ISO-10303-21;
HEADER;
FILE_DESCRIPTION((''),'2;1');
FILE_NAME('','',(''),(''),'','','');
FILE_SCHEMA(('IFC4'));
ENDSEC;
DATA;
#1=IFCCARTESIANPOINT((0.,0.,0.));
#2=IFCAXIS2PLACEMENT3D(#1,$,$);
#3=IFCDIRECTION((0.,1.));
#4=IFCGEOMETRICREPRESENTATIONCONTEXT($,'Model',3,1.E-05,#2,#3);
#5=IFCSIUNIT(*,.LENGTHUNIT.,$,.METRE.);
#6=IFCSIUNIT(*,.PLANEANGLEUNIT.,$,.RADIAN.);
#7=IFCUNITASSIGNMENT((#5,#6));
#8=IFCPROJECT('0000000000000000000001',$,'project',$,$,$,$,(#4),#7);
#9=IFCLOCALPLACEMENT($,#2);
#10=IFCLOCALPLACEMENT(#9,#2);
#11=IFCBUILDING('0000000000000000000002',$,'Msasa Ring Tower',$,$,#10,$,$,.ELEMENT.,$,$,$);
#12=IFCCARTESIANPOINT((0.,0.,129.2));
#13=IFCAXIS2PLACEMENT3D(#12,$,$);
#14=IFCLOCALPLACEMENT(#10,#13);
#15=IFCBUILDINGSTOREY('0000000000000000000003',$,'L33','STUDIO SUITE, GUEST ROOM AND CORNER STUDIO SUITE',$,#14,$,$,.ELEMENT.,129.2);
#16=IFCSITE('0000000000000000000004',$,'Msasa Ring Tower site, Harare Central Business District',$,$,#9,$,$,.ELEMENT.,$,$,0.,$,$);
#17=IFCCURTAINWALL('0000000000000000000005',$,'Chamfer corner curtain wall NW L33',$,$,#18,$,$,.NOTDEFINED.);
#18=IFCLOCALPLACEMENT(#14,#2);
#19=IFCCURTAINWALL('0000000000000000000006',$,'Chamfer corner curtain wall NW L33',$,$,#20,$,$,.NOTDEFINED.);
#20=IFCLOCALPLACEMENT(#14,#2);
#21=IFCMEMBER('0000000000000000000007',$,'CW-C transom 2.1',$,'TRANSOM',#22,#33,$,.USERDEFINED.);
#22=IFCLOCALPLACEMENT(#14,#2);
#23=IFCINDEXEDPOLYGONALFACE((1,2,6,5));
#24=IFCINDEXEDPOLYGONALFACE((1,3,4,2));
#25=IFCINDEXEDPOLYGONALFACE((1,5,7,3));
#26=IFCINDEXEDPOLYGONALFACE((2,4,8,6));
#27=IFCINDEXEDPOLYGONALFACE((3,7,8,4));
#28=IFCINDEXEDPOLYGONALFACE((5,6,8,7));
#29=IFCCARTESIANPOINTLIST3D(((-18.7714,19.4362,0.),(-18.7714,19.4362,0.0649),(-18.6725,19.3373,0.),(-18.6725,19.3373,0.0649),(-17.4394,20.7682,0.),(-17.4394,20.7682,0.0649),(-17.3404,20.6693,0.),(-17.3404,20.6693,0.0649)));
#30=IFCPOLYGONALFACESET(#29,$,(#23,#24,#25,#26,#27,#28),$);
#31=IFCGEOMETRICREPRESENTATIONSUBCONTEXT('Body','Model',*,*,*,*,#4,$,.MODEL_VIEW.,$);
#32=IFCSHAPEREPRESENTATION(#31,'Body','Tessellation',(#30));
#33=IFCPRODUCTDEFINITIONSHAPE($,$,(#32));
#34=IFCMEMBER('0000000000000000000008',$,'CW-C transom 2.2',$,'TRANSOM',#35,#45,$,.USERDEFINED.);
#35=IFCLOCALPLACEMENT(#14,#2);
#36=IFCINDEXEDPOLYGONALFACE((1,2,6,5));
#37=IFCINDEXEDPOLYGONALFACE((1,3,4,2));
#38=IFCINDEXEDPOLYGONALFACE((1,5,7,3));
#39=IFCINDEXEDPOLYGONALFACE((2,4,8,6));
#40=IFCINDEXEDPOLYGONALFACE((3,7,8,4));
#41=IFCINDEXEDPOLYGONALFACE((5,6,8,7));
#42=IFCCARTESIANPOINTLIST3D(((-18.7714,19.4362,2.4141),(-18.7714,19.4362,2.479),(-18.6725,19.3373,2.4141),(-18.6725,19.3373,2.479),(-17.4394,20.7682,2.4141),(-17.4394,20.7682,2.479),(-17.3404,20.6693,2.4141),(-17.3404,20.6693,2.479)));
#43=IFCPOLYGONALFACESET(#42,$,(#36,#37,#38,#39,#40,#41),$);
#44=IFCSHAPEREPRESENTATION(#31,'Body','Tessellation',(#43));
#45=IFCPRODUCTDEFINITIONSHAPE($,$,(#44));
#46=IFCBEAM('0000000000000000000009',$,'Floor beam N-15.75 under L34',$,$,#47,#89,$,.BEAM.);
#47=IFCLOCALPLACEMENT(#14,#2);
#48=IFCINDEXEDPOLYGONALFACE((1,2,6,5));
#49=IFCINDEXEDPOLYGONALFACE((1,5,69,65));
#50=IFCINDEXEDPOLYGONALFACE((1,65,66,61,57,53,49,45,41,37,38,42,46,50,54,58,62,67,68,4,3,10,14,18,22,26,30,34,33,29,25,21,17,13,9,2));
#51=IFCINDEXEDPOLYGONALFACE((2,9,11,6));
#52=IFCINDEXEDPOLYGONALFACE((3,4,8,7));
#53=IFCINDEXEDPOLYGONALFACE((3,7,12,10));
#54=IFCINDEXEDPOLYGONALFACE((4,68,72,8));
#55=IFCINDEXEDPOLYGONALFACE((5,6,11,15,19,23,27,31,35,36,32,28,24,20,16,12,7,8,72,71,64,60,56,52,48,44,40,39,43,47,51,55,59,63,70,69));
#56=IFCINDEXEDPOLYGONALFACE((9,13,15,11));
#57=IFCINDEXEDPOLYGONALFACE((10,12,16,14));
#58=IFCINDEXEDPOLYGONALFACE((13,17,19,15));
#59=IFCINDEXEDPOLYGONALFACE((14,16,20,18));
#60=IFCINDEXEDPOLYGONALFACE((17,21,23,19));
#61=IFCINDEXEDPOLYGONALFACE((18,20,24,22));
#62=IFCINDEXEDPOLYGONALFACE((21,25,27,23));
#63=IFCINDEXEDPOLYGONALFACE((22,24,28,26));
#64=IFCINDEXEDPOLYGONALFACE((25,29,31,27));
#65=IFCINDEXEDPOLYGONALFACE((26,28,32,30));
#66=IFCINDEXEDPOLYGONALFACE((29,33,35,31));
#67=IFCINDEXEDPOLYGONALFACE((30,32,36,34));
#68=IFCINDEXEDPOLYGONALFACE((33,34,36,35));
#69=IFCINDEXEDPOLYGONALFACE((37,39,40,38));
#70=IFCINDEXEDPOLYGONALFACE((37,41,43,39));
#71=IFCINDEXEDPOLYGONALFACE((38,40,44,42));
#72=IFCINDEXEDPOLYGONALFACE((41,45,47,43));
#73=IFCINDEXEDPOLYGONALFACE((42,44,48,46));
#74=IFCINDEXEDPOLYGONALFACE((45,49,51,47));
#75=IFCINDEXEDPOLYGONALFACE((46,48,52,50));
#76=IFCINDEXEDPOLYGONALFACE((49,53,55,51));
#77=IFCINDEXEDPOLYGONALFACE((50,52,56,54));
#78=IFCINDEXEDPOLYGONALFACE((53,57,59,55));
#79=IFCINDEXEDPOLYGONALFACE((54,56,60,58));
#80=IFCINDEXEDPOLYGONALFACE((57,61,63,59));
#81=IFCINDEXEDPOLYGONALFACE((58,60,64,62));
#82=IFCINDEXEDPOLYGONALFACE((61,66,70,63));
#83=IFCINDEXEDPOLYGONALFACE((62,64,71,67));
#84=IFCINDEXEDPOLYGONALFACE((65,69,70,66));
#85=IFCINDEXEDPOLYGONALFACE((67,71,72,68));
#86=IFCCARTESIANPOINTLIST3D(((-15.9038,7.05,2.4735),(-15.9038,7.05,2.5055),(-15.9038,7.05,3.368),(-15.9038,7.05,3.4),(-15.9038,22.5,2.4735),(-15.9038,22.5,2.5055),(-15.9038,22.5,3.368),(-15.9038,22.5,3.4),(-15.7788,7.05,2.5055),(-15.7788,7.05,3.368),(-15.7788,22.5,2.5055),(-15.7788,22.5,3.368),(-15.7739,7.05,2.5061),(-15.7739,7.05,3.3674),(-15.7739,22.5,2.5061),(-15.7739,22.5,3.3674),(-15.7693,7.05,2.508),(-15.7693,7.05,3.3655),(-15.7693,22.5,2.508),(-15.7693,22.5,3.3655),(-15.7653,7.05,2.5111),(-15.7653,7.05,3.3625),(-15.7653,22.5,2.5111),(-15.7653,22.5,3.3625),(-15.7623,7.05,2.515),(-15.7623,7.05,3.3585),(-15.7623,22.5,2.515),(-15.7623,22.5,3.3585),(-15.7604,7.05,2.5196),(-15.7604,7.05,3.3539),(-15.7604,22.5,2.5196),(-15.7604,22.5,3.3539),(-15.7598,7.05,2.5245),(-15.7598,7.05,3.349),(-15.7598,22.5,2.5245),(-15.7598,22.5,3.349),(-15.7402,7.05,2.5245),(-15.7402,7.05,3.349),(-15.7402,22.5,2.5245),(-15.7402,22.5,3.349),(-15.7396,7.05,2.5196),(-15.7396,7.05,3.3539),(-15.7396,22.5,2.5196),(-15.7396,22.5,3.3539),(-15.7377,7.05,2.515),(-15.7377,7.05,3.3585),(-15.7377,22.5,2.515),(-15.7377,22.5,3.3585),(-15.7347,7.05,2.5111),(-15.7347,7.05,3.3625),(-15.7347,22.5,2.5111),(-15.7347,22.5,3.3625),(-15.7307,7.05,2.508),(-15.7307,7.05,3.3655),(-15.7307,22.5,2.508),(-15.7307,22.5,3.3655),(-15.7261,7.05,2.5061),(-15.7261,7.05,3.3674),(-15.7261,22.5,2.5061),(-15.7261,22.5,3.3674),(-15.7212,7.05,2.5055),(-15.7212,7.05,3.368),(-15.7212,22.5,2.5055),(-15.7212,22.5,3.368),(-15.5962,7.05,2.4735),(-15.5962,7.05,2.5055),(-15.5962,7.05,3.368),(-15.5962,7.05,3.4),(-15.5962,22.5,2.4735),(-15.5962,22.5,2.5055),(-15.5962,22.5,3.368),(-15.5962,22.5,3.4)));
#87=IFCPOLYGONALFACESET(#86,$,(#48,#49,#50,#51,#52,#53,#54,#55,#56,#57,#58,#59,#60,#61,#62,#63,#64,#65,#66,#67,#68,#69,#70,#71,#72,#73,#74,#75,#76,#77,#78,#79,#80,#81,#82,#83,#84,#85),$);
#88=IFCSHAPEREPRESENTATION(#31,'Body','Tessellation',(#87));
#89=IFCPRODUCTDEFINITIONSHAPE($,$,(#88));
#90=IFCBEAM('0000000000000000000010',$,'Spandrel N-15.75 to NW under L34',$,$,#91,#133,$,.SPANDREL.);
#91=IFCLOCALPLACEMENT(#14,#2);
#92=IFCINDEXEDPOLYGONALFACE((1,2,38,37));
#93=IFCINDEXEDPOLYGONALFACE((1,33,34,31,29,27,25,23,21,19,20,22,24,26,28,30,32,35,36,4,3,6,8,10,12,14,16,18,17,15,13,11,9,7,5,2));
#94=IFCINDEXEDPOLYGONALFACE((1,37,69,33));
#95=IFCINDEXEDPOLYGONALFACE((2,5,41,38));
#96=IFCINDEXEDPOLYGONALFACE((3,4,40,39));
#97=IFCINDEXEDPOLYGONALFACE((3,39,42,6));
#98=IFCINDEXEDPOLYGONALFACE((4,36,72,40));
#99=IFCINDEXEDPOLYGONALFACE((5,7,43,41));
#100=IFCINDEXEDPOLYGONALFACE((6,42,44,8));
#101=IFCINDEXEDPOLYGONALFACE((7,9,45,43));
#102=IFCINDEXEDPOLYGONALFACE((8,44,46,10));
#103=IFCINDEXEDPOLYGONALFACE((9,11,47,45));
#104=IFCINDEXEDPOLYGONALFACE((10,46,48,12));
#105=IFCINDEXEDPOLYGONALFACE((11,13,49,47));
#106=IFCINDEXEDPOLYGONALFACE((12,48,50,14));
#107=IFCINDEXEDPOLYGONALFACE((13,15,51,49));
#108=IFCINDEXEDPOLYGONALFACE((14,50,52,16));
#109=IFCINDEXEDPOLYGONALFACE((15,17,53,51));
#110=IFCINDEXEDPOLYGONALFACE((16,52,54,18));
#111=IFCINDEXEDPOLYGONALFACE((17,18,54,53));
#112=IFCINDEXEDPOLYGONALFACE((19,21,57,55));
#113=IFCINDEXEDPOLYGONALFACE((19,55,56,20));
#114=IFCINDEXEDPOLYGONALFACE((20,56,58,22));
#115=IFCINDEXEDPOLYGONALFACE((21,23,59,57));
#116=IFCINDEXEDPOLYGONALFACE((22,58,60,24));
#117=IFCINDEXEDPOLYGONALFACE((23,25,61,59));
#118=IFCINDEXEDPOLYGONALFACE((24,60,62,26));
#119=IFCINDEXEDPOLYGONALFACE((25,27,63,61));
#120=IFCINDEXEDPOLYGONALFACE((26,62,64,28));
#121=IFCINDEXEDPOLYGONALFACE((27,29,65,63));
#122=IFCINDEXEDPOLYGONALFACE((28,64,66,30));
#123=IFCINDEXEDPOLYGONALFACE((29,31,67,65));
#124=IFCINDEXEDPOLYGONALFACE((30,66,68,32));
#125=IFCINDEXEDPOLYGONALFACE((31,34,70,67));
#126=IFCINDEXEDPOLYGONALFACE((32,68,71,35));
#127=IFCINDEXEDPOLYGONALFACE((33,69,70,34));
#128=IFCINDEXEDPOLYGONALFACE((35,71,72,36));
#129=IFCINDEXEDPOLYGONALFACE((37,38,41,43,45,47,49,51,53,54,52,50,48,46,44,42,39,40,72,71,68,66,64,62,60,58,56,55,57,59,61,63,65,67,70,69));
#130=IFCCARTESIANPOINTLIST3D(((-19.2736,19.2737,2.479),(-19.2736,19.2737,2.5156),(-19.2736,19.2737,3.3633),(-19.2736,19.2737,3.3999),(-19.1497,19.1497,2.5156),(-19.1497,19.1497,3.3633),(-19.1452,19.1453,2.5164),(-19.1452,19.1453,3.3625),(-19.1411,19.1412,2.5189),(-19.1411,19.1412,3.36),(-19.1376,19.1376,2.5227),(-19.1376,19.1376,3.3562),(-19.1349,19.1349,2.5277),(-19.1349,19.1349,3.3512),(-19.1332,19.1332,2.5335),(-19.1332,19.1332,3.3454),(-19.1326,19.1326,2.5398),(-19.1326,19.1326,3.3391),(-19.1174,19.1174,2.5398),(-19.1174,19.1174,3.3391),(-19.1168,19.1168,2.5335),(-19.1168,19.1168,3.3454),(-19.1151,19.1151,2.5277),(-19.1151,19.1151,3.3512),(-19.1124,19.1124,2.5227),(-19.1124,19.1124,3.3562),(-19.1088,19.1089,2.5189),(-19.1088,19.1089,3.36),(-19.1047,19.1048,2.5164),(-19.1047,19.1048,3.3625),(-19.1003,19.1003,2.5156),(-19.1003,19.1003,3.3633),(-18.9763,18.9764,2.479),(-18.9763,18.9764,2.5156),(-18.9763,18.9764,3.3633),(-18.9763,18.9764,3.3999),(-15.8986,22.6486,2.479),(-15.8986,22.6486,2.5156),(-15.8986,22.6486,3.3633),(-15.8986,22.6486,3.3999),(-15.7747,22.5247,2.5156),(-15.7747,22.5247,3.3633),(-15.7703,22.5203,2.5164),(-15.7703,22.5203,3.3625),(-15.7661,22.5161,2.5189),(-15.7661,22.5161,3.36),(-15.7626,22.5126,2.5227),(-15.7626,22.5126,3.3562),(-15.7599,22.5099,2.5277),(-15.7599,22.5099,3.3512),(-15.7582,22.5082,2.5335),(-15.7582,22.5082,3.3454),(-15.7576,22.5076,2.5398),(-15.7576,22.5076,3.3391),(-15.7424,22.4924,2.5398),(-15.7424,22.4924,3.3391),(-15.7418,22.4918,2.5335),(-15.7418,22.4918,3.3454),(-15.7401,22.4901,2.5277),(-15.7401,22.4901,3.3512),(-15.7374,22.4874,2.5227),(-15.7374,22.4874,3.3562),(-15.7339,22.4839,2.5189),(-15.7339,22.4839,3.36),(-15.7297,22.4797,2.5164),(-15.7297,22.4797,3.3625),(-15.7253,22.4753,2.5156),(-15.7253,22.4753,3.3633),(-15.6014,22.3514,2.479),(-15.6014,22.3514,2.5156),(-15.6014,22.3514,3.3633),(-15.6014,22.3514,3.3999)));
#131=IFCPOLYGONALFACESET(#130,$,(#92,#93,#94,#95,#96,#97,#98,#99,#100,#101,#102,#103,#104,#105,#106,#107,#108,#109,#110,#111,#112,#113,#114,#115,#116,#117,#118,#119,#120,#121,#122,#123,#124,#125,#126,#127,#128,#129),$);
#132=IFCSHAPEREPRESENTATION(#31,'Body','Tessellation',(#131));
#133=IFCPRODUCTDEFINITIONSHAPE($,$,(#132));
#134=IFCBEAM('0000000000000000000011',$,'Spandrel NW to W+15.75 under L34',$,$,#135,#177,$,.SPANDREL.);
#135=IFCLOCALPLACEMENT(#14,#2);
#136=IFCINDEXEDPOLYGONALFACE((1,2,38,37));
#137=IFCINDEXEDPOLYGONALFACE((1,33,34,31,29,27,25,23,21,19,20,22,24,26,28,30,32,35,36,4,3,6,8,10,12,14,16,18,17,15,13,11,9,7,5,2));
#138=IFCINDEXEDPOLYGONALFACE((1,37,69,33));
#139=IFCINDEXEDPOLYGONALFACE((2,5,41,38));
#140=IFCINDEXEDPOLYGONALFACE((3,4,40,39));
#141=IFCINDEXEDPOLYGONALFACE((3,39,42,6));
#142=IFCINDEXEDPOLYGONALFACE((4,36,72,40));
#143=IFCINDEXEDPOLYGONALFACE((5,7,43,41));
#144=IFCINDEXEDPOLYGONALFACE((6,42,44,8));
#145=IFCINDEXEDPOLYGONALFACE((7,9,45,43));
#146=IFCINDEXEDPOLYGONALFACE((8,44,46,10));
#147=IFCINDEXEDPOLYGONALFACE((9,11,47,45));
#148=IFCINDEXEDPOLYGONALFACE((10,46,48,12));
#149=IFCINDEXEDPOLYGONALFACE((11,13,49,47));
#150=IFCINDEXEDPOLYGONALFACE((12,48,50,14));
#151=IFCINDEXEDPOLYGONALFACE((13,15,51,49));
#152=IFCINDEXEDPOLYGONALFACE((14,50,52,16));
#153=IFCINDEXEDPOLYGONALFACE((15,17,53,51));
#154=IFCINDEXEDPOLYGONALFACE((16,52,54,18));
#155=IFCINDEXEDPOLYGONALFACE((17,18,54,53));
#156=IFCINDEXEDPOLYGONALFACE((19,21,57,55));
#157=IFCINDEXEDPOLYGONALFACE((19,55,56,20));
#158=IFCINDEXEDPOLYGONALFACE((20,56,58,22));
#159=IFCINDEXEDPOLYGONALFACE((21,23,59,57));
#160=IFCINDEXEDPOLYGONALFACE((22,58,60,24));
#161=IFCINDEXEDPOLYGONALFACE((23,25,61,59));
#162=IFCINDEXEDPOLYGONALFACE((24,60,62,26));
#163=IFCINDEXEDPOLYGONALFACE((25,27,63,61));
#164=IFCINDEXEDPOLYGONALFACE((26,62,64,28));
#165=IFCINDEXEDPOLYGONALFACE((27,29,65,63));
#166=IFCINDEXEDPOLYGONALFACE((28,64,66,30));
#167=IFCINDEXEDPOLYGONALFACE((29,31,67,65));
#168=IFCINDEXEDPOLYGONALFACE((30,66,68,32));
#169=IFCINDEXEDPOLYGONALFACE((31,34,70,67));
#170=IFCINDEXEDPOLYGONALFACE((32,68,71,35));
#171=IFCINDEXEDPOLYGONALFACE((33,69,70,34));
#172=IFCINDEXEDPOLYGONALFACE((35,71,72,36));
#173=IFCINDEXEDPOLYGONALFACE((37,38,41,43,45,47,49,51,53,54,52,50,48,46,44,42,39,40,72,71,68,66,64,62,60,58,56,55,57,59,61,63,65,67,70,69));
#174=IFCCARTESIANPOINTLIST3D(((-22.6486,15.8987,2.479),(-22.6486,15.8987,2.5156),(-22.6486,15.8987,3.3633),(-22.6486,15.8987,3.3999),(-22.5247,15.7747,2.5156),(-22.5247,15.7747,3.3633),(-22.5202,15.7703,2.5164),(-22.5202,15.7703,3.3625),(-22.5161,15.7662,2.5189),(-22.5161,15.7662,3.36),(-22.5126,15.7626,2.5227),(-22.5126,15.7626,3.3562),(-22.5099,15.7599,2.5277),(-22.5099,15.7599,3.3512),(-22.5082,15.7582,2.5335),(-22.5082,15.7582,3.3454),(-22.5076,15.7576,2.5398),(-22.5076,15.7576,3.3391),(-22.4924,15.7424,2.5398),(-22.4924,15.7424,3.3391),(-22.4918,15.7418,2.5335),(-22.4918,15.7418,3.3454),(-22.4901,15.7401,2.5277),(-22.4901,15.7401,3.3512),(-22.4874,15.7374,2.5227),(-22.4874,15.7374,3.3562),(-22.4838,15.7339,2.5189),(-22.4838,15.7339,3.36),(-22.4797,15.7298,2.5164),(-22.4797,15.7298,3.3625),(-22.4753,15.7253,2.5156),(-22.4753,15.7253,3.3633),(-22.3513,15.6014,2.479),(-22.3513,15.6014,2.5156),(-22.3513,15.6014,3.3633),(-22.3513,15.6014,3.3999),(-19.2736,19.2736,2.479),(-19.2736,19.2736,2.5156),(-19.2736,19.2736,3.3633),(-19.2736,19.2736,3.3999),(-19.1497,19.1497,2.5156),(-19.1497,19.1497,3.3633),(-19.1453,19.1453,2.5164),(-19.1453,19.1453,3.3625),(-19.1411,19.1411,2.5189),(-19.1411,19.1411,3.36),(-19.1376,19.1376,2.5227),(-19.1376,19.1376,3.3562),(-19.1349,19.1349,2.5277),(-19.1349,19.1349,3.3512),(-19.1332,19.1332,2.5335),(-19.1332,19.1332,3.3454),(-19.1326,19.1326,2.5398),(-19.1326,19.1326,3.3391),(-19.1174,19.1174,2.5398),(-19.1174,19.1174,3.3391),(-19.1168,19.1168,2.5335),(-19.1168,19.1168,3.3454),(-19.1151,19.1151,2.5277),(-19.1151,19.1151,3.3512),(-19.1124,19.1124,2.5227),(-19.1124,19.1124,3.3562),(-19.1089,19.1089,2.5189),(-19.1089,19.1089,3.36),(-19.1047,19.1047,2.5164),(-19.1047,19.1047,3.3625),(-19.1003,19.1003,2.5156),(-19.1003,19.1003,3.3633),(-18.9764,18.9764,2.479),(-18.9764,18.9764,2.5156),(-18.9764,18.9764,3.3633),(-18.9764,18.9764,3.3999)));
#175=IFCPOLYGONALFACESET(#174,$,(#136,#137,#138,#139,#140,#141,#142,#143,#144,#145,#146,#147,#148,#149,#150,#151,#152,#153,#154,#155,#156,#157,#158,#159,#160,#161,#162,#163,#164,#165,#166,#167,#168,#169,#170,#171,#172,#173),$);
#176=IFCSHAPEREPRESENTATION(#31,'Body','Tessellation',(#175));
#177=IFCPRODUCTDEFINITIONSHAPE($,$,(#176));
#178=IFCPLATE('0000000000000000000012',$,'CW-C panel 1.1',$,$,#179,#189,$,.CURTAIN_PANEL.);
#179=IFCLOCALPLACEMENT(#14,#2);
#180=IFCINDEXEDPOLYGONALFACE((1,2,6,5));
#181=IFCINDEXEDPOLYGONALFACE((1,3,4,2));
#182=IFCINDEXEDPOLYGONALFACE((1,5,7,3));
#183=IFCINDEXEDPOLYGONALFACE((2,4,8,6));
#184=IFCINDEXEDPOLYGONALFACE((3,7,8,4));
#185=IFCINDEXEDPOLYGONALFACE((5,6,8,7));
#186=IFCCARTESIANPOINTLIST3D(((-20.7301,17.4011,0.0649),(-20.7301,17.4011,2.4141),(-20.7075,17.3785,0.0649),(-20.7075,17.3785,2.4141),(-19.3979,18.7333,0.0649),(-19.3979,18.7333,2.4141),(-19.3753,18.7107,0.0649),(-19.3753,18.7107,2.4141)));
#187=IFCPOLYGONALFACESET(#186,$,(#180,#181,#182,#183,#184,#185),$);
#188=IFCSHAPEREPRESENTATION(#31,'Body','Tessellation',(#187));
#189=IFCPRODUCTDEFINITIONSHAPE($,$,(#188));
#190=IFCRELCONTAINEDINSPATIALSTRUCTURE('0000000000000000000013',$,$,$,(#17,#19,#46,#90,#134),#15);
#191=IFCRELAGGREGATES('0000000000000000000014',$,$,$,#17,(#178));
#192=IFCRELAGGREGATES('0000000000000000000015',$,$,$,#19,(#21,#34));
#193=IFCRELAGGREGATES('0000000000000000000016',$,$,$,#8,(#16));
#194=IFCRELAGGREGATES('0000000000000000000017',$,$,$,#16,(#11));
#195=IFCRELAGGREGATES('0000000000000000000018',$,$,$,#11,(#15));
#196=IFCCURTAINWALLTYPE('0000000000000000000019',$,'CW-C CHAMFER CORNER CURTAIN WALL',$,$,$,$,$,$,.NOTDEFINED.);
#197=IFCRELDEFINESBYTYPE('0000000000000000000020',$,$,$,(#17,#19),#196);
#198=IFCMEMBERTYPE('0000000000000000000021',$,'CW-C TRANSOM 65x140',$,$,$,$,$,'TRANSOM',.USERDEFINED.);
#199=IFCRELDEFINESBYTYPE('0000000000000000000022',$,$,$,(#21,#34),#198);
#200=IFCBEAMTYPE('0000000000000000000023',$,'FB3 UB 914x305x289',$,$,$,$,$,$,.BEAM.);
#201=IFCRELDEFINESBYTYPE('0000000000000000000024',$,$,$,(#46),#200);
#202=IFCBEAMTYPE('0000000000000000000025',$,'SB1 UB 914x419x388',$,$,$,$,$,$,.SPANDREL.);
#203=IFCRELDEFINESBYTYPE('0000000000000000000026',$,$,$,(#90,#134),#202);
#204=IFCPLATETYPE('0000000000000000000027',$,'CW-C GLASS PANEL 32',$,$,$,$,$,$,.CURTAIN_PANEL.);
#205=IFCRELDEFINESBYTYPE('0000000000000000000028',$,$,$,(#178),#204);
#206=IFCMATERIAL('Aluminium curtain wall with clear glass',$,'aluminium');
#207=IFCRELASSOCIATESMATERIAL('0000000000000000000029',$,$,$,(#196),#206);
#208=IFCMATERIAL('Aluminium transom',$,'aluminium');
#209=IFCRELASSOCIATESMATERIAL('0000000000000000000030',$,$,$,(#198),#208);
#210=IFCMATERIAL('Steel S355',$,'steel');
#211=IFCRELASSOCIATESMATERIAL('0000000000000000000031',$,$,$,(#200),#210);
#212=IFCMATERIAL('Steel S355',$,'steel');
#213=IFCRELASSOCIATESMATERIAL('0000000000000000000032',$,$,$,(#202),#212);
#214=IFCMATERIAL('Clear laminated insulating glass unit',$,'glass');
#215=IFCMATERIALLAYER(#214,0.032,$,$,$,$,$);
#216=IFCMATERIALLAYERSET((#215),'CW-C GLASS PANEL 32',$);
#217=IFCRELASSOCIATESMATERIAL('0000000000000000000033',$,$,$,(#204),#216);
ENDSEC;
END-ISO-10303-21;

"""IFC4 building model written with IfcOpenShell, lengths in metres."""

from ifc_helpers import new_model, si_unit, direction, frame, origin, origin_2d, place, context, subcontext, project, spatial, rectangle, i_section, extrude, material, layer, layer_set, material_profile, profile_set, type_object, element, aggregate, save


model = new_model("IFC4")

# Units and contexts
model_context = context("Model", 3, precision=1e-05, world=origin(), true_north=direction((0.0, 1.0)))
body_context = subcontext(model_context, "Body", "Model", "MODEL_VIEW")
ifc_project = project(units=[si_unit("LENGTHUNIT", "METRE"), si_unit("PLANEANGLEUNIT", "RADIAN")], contexts=[model_context])

# Site, building, storey
site_placement = place(None, origin())
site = spatial("IfcSite", under=ifc_project, at=site_placement, Name="Msasa Ring Tower site, Harare Central Business District", CompositionType="ELEMENT", RefElevation=0.0)
building_placement = place(site_placement, origin())
building = spatial("IfcBuilding", under=site, at=building_placement, Name="Msasa Ring Tower", CompositionType="ELEMENT")
storey_placement = place(building_placement, frame((0.0, 0.0, 129.2)))
storey = spatial("IfcBuildingStorey", under=building, at=storey_placement, Name="L33", Description="STUDIO SUITE, GUEST ROOM AND CORNER STUDIO SUITE", CompositionType="ELEMENT", Elevation=129.2)

# Curtain walls
ifc_material_1 = material(Name="Aluminium curtain wall with clear glass", Category="aluminium")
curtain_wall_type = type_object("IfcCurtainWallType", Name="CW-C CHAMFER CORNER CURTAIN WALL", PredefinedType="NOTDEFINED", material=ifc_material_1)
curtain_wall_1_placement = place(storey_placement, origin())
curtain_wall_1 = element("IfcCurtainWall", 1, at=curtain_wall_1_placement, inside=storey, type_object=curtain_wall_type, Name="Chamfer corner curtain wall NW L33", PredefinedType="NOTDEFINED")
curtain_wall_2_placement = place(storey_placement, origin())
curtain_wall_2 = element("IfcCurtainWall", 2, at=curtain_wall_2_placement, inside=storey, type_object=curtain_wall_type, Name="Chamfer corner curtain wall NW L33", PredefinedType="NOTDEFINED")

# Members
ifc_material_2 = material(Name="Aluminium transom", Category="aluminium")
ifc_material_profile_1 = material_profile(ifc_material_2, rectangle(XDim=0.1399, YDim=0.0649, at=origin_2d()), Name="AL 65x140")
ifc_profile_set_1 = profile_set([ifc_material_profile_1], Name="Aluminium transom")
member_type_1 = type_object("IfcMemberType", Name="CW-C TRANSOM 65x140", ElementType="TRANSOM", PredefinedType="USERDEFINED", material=ifc_profile_set_1)
member_1_placement = place(storey_placement, frame((-17.3899, 20.7188, 0.0325), z_axis=(-0.707107, -0.707107, 0.0), x_axis=(0.707107, -0.707107, 0.0)))
member_1 = element("IfcMember", 3, at=member_1_placement, type_object=member_type_1, Name="CW-C transom 2.1", ObjectType="TRANSOM", PredefinedType="USERDEFINED", context=body_context, shape_type="SweptSolid", body=[
    extrude(rectangle(XDim=0.1399, YDim=0.0649, at=origin_2d()), origin(), (0.0, 0.0, 1.0), 1.8838),
])
member_2_placement = place(storey_placement, frame((-17.3899, 20.7188, 2.4465), z_axis=(-0.707107, -0.707107, 0.0), x_axis=(0.707107, -0.707107, 0.0)))
member_2 = element("IfcMember", 4, at=member_2_placement, type_object=member_type_1, Name="CW-C transom 2.2", ObjectType="TRANSOM", PredefinedType="USERDEFINED", context=body_context, shape_type="SweptSolid", body=[
    extrude(rectangle(XDim=0.1399, YDim=0.0649, at=origin_2d()), origin(), (0.0, 0.0, 1.0), 1.8838),
])

# Beams
ifc_material_3 = material(Name="Steel S355", Category="steel")
ifc_material_profile_2 = material_profile(ifc_material_3, i_section(OverallWidth=0.3076, OverallDepth=0.9265, WebThickness=0.0195, FlangeThickness=0.032, FilletRadius=0.019, at=origin_2d()), Name="UB 914x305x289")
ifc_profile_set_2 = profile_set([ifc_material_profile_2], Name="Steel S355")
beam_type_1 = type_object("IfcBeamType", Name="FB3 UB 914x305x289", PredefinedType="BEAM", material=ifc_profile_set_2)
beam_placement = place(storey_placement, frame((-15.75, 22.5, 2.9368), z_axis=(0.0, -1.0, 0.0), x_axis=(1.0, 0.0, 0.0)))
element("IfcBeam", 5, at=beam_placement, inside=storey, type_object=beam_type_1, Name="Floor beam N-15.75 under L34", PredefinedType="BEAM", context=body_context, shape_type="SweptSolid", body=[
    extrude(i_section(OverallWidth=0.3076, OverallDepth=0.9265, WebThickness=0.0195, FlangeThickness=0.032, FilletRadius=0.019, at=origin_2d()), origin(), (0.0, 0.0, 1.0), 15.45),
])
ifc_material_4 = material(Name="Steel S355", Category="steel")
ifc_material_profile_3 = material_profile(ifc_material_4, i_section(OverallWidth=0.4204, OverallDepth=0.9209, WebThickness=0.0215, FlangeThickness=0.0366, FilletRadius=0.0242, at=origin_2d()), Name="UB 914x419x388")
ifc_profile_set_3 = profile_set([ifc_material_profile_3], Name="Steel S355")
beam_type_2 = type_object("IfcBeamType", Name="SB1 UB 914x419x388", PredefinedType="SPANDREL", material=ifc_profile_set_3)
for number, where, z_axis, x_axis, name in (
    (6, (-15.75, 22.5, 2.9395), (-0.707107, -0.707107, 0.0), (0.707107, -0.707107, 0.0), "Spandrel N-15.75 to NW under L34"),
    (7, (-19.125, 19.125, 2.9395), (-0.707107, -0.707107, 0.0), (0.707107, -0.707107, 0.0), "Spandrel NW to W+15.75 under L34"),
):
    element("IfcBeam", number, at=place(storey_placement, frame(where, z_axis=z_axis, x_axis=x_axis)), inside=storey, type_object=beam_type_2, Name=name, PredefinedType="SPANDREL", context=body_context, shape_type="SweptSolid", body=[
        extrude(i_section(OverallWidth=0.4204, OverallDepth=0.9209, WebThickness=0.0215, FlangeThickness=0.0366, FilletRadius=0.0242, at=origin_2d()), origin(), (0.0, 0.0, 1.0), 4.7729),
    ])

# Plate
ifc_material_5 = material(Name="Clear laminated insulating glass unit", Category="glass")
ifc_layer_1 = layer(ifc_material_5, 0.032)
ifc_layer_set_1 = layer_set([ifc_layer_1], Name="CW-C GLASS PANEL 32")
plate_type = type_object("IfcPlateType", Name="CW-C GLASS PANEL 32", PredefinedType="CURTAIN_PANEL", material=ifc_layer_set_1)
plate_1_placement = place(storey_placement, frame((-20.0527, 18.0559, 0.0649), z_axis=(0.0, 0.0, 1.0), x_axis=(-0.707107, -0.707107, 0.0)))
plate_1 = element("IfcPlate", 8, at=plate_1_placement, type_object=plate_type, Name="CW-C panel 1.1", PredefinedType="CURTAIN_PANEL", context=body_context, shape_type="SweptSolid", body=[
    extrude(rectangle(XDim=1.884, YDim=0.032, at=origin_2d()), origin(), (0.0, 0.0, 1.0), 2.3491),
])
aggregate(curtain_wall_1, [plate_1])
aggregate(curtain_wall_2, [member_1, member_2])

save(model, "model.ifc")
